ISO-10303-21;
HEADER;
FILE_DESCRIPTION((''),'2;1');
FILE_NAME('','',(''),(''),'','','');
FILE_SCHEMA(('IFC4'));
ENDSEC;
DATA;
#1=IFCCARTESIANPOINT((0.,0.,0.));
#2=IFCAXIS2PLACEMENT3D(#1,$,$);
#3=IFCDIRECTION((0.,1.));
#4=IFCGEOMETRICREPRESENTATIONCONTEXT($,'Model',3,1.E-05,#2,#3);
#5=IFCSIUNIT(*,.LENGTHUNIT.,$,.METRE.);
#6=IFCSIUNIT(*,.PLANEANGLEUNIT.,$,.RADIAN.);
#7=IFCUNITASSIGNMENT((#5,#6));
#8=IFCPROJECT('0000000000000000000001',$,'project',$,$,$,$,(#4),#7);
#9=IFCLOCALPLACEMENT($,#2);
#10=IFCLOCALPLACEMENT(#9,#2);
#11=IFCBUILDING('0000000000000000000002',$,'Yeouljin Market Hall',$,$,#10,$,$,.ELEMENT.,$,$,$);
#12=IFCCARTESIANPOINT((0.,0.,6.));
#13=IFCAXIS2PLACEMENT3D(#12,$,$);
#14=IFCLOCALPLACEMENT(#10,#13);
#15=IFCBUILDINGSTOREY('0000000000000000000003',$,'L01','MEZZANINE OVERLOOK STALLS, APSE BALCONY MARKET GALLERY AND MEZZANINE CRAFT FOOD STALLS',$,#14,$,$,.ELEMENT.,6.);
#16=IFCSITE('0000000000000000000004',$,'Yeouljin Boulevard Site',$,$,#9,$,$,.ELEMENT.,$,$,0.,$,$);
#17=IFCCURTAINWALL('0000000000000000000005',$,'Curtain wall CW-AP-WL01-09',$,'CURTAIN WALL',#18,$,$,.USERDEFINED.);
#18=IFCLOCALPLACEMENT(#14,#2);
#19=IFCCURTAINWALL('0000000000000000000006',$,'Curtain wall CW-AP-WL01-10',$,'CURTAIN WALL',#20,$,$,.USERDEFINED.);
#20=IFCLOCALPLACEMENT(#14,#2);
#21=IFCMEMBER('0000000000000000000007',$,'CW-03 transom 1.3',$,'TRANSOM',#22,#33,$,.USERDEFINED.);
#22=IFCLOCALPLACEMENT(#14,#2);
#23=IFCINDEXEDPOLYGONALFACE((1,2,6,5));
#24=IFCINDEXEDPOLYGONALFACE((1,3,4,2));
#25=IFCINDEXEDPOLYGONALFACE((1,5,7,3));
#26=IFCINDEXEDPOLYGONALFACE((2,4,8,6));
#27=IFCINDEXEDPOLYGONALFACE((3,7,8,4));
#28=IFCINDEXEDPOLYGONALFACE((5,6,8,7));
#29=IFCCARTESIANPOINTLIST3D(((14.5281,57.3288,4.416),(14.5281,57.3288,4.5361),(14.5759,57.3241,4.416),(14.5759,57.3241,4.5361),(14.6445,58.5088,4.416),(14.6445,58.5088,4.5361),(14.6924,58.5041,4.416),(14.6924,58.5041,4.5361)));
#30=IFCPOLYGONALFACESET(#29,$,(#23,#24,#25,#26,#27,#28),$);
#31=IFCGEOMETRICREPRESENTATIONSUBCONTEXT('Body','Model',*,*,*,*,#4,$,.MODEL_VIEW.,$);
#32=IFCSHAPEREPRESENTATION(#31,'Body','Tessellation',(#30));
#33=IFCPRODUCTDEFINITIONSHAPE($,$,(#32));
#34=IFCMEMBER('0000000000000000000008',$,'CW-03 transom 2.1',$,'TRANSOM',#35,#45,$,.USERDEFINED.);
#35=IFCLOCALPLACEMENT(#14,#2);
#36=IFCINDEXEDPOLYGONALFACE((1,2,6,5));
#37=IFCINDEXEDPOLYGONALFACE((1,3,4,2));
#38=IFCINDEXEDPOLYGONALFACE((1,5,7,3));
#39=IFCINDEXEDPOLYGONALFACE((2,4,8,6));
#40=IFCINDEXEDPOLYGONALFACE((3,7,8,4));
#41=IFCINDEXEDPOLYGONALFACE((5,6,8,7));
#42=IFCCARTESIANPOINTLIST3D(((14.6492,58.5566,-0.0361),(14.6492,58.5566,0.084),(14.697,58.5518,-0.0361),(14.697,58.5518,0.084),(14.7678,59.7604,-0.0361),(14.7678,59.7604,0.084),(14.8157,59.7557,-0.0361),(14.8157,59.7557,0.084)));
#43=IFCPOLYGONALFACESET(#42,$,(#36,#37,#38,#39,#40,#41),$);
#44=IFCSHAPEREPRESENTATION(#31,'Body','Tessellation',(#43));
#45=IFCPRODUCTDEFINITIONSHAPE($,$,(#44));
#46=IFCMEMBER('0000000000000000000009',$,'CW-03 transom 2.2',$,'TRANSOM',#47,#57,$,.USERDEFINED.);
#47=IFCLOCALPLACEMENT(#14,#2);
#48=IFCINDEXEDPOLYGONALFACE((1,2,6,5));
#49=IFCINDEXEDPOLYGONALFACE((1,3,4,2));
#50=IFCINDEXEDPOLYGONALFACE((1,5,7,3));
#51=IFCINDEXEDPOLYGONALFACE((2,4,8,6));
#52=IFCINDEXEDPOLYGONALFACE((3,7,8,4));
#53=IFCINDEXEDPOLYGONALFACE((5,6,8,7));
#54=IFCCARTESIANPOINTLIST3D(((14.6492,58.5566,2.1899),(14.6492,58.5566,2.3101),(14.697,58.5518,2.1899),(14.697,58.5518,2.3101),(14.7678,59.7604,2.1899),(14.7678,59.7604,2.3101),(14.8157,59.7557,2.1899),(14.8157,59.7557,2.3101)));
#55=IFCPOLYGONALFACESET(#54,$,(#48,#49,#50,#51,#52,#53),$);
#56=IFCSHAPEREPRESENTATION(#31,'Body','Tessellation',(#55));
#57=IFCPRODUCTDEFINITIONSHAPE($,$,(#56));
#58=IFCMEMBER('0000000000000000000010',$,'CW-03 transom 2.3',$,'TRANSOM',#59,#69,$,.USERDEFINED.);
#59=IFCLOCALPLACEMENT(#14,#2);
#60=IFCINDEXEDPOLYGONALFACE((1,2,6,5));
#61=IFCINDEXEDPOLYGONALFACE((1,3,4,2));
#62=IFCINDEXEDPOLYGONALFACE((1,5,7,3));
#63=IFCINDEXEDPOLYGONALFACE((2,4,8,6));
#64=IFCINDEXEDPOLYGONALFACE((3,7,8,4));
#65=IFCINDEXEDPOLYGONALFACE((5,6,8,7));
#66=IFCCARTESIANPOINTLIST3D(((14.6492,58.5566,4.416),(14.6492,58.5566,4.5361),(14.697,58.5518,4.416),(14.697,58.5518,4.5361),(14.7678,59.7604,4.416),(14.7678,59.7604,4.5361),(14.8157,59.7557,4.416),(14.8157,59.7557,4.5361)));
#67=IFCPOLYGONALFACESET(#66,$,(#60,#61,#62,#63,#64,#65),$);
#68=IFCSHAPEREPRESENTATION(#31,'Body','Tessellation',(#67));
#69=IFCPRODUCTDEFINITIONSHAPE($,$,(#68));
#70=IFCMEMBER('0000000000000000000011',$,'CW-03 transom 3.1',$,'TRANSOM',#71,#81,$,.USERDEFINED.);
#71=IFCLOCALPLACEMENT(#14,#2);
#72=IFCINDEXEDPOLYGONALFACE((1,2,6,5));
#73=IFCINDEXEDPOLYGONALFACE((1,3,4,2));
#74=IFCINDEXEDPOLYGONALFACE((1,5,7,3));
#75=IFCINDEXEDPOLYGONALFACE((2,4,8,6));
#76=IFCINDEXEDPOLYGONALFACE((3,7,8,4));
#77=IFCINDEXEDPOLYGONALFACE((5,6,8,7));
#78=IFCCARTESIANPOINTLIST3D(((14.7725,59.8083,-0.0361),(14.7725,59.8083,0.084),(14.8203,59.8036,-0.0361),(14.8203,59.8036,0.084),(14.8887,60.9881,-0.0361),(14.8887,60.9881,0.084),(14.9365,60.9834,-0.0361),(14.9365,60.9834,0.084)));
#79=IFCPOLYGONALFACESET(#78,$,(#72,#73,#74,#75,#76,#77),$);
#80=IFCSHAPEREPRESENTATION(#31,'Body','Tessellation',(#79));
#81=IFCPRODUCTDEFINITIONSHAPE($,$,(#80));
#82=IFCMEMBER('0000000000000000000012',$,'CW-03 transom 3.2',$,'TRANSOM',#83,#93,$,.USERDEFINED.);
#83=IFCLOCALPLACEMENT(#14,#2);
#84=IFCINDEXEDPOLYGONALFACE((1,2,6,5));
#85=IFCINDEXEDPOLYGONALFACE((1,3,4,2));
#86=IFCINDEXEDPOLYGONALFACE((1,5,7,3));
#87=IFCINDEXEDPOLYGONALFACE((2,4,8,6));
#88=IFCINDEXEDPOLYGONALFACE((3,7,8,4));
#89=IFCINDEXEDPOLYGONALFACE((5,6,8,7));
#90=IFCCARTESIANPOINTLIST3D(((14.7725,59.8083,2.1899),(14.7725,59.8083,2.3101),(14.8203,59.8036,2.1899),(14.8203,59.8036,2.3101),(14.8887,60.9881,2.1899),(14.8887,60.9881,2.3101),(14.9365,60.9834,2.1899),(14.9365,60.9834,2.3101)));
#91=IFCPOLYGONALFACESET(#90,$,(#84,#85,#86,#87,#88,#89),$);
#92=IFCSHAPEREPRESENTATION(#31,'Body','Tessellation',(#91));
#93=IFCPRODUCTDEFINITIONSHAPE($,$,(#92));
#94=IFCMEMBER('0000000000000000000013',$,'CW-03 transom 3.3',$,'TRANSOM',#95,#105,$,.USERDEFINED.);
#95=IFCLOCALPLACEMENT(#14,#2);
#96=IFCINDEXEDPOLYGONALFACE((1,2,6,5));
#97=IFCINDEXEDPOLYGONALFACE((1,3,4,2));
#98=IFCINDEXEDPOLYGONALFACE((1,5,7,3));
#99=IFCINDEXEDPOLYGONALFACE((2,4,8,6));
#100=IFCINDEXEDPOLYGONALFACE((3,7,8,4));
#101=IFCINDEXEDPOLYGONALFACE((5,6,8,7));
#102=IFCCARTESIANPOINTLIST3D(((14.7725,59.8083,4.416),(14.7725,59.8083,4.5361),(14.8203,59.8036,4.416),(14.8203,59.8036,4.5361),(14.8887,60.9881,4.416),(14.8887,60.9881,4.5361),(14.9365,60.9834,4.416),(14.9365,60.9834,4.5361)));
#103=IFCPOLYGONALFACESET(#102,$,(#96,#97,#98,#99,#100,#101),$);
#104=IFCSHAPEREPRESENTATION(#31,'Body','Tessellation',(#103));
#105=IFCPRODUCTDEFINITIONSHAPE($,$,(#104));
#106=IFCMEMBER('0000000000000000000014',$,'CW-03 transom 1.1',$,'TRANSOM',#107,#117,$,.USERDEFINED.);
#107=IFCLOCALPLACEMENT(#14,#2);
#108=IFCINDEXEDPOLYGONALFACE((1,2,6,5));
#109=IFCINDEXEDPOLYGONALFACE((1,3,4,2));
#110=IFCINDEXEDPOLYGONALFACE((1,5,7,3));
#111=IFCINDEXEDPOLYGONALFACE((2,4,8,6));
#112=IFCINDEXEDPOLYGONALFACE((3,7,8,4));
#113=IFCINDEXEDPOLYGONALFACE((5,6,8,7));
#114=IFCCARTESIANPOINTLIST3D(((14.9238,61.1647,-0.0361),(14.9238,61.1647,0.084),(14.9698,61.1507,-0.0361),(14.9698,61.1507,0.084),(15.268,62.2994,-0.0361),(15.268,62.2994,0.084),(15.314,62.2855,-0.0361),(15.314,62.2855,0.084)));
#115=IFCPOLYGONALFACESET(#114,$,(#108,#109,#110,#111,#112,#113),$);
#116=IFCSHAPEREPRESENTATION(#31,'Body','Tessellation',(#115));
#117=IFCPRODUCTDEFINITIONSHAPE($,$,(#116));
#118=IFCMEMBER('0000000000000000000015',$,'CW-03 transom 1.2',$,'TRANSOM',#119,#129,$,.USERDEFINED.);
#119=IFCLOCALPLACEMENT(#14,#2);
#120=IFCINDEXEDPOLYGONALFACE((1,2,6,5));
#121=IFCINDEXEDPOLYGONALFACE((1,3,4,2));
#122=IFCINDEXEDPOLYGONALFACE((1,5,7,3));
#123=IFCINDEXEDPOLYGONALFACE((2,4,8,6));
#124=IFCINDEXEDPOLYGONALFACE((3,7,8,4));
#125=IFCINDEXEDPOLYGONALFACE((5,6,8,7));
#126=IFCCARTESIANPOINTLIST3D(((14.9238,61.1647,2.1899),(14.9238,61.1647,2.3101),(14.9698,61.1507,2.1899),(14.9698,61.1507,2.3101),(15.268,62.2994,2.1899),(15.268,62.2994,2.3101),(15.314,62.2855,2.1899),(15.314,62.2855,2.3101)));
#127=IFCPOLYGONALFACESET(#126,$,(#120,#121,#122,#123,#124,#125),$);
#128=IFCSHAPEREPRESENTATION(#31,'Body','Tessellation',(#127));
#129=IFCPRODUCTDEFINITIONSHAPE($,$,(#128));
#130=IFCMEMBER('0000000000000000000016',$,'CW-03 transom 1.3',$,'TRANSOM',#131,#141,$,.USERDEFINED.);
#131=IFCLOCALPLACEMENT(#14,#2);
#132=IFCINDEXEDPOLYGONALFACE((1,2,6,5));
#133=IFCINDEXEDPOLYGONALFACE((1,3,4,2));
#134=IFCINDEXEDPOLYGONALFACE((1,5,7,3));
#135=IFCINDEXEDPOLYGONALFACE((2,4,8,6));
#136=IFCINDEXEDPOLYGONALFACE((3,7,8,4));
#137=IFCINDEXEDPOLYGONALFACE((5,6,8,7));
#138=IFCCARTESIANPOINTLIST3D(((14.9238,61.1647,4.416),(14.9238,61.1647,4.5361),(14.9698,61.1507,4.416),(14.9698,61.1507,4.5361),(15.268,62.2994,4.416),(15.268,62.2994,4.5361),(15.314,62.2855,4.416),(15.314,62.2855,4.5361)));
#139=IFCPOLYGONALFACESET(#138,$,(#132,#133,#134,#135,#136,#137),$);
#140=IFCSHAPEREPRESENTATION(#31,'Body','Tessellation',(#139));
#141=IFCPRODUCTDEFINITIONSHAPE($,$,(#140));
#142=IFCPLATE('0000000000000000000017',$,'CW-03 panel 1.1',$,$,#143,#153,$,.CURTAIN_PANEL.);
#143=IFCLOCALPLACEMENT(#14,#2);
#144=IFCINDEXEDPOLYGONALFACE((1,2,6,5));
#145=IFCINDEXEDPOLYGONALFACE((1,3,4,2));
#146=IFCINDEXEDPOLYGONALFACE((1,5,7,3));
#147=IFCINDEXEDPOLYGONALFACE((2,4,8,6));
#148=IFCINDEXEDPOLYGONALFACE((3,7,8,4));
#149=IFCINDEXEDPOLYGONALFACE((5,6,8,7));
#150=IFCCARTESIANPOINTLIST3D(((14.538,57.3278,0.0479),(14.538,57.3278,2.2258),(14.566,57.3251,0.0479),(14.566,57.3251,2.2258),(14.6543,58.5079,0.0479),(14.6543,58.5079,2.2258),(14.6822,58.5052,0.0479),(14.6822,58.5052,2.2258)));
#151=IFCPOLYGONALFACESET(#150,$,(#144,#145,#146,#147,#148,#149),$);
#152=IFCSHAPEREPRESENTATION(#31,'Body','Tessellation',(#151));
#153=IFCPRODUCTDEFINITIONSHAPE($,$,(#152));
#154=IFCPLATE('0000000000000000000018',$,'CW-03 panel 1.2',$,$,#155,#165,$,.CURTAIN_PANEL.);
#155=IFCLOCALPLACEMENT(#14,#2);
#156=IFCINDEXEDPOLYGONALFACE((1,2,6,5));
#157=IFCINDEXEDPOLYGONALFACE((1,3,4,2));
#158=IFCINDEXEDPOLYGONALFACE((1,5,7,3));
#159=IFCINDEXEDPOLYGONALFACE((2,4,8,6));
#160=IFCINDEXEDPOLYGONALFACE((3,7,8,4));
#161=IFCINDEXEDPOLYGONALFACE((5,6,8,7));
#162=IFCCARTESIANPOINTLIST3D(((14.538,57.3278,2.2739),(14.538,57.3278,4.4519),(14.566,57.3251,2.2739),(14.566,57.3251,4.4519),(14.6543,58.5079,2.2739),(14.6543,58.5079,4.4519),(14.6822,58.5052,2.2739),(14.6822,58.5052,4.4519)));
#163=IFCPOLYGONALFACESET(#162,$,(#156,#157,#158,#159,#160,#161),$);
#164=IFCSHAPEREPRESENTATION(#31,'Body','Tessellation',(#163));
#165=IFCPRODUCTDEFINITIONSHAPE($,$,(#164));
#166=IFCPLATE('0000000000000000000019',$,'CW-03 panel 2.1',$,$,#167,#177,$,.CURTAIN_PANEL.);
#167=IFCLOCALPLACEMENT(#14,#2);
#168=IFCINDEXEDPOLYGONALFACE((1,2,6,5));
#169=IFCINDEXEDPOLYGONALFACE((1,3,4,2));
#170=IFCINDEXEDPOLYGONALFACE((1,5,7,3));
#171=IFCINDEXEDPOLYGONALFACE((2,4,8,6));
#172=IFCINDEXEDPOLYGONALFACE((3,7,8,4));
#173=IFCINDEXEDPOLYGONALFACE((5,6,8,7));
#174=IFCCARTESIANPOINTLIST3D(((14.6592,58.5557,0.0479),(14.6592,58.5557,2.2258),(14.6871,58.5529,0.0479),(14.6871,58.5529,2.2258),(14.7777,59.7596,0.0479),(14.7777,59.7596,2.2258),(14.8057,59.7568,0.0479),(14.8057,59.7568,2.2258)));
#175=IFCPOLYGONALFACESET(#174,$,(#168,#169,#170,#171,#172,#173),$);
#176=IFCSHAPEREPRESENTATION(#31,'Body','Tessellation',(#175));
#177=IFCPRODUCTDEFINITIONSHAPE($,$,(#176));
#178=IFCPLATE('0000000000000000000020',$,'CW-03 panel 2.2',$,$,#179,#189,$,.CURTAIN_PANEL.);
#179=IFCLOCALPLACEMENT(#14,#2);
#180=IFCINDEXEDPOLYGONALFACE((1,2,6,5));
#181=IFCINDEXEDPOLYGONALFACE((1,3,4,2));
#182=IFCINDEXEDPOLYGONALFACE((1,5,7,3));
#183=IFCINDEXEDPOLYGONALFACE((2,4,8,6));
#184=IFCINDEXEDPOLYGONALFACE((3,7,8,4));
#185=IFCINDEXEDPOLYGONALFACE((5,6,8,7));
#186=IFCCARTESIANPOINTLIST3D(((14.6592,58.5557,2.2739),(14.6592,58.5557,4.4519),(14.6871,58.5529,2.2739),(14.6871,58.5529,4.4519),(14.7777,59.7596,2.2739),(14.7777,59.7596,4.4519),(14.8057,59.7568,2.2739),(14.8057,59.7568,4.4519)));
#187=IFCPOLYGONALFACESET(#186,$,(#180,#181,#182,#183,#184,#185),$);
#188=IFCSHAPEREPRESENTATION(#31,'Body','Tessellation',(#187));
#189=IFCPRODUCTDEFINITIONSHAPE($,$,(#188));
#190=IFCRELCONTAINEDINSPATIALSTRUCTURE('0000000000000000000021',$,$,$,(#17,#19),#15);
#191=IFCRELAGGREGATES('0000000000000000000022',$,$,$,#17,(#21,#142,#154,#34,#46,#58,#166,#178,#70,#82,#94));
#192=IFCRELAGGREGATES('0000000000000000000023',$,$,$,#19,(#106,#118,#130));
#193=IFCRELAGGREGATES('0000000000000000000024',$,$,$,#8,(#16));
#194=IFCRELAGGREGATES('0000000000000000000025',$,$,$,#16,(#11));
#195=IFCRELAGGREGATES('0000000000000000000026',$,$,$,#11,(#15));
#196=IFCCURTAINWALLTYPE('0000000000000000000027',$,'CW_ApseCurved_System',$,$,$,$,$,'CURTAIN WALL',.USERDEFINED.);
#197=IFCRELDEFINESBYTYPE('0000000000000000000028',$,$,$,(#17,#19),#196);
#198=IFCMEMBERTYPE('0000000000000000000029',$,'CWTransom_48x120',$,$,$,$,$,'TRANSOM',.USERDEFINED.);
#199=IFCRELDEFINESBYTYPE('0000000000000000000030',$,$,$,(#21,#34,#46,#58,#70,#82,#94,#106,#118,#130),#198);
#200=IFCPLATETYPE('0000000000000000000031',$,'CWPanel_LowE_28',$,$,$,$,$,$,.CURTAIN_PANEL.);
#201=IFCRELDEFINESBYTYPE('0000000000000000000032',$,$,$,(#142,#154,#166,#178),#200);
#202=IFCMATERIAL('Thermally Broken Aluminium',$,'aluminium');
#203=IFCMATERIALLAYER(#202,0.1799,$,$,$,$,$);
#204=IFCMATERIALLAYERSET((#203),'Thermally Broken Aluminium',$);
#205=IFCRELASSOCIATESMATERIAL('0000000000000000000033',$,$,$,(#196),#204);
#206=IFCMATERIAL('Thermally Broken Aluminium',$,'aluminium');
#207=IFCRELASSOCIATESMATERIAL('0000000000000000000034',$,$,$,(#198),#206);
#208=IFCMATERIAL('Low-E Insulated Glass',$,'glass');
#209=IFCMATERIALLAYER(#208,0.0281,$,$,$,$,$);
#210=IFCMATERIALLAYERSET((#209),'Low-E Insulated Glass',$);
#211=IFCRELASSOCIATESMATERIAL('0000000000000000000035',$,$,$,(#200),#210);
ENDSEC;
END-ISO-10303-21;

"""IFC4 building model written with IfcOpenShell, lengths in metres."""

from ifc_helpers import new_model, si_unit, direction, frame, origin, origin_2d, place, context, subcontext, project, spatial, rectangle, extrude, material, layer, layer_set, material_profile, profile_set, type_object, element, aggregate, save


model = new_model("IFC4")

# Units and contexts
model_context = context("Model", 3, precision=1e-05, world=origin(), true_north=direction((0.0, 1.0)))
body_context = subcontext(model_context, "Body", "Model", "MODEL_VIEW")
ifc_project = project(units=[si_unit("LENGTHUNIT", "METRE"), si_unit("PLANEANGLEUNIT", "RADIAN")], contexts=[model_context])

# Site, building, storey
site_placement = place(None, origin())
site = spatial("IfcSite", under=ifc_project, at=site_placement, Name="Yeouljin Boulevard Site", CompositionType="ELEMENT", RefElevation=0.0)
building_placement = place(site_placement, origin())
building = spatial("IfcBuilding", under=site, at=building_placement, Name="Yeouljin Market Hall", CompositionType="ELEMENT")
storey_placement = place(building_placement, frame((0.0, 0.0, 6.0)))
storey = spatial("IfcBuildingStorey", under=building, at=storey_placement, Name="L01", Description="MEZZANINE OVERLOOK STALLS, APSE BALCONY MARKET GALLERY AND MEZZANINE CRAFT FOOD STALLS", CompositionType="ELEMENT", Elevation=6.0)

# Curtain wall
ifc_material_1 = material(Name="Thermally Broken Aluminium", Category="aluminium")
ifc_layer_1 = layer(ifc_material_1, 0.1799)
ifc_layer_set_1 = layer_set([ifc_layer_1], Name="Thermally Broken Aluminium")
curtain_wall_type = type_object("IfcCurtainWallType", Name="CW_ApseCurved_System", ElementType="CURTAIN WALL", PredefinedType="USERDEFINED", material=ifc_layer_set_1)
curtain_wall_1_placement = place(storey_placement, origin())
curtain_wall_1 = element("IfcCurtainWall", 1, at=curtain_wall_1_placement, inside=storey, type_object=curtain_wall_type, Name="Curtain wall CW-AP-WL01-09", ObjectType="CURTAIN WALL", PredefinedType="USERDEFINED")

# Curtain wall
curtain_wall_2_placement = place(storey_placement, origin())
curtain_wall_2 = element("IfcCurtainWall", 2, at=curtain_wall_2_placement, inside=storey, type_object=curtain_wall_type, Name="Curtain wall CW-AP-WL01-10", ObjectType="CURTAIN WALL", PredefinedType="USERDEFINED")

# Members
ifc_material_2 = material(Name="Thermally Broken Aluminium", Category="aluminium")
ifc_material_profile_1 = material_profile(ifc_material_2, rectangle(XDim=0.0481, YDim=0.1201, at=origin_2d()), Name="CW-TRAN-48x120")
ifc_profile_set_1 = profile_set([ifc_material_profile_1], Name="Thermally Broken Aluminium")
member_type_1 = type_object("IfcMemberType", Name="CWTransom_48x120", ElementType="TRANSOM", PredefinedType="USERDEFINED", material=ifc_profile_set_1)
member_1_placement = place(storey_placement, frame((14.552, 57.3264, 4.4761), z_axis=(0.098199, 0.995167, 0.0), x_axis=(-0.995167, 0.098199, 0.0)))
member_1 = element("IfcMember", 3, at=member_1_placement, type_object=member_type_1, Name="CW-03 transom 1.3", ObjectType="TRANSOM", PredefinedType="USERDEFINED", context=body_context, shape_type="SweptSolid", body=[
    extrude(rectangle(XDim=0.0481, YDim=0.1201, at=origin_2d()), origin(), (0.0, 0.0, 1.0), 1.1858),
])
member_2_placement = place(storey_placement, frame((14.6731, 58.5542, 0.0239), z_axis=(0.098085, 0.995178, 0.0), x_axis=(-0.995178, 0.098085, 0.0)))
member_2 = element("IfcMember", 4, at=member_2_placement, type_object=member_type_1, Name="CW-03 transom 2.1", ObjectType="TRANSOM", PredefinedType="USERDEFINED", context=body_context, shape_type="SweptSolid", body=[
    extrude(rectangle(XDim=0.0481, YDim=0.1201, at=origin_2d()), origin(), (0.0, 0.0, 1.0), 1.2097),
])
member_3_placement = place(storey_placement, frame((14.6731, 58.5542, 2.25), z_axis=(0.098085, 0.995178, 0.0), x_axis=(-0.995178, 0.098085, 0.0)))
member_3 = element("IfcMember", 5, at=member_3_placement, type_object=member_type_1, Name="CW-03 transom 2.2", ObjectType="TRANSOM", PredefinedType="USERDEFINED", context=body_context, shape_type="SweptSolid", body=[
    extrude(rectangle(XDim=0.0481, YDim=0.1201, at=origin_2d()), origin(), (0.0, 0.0, 1.0), 1.2097),
])
member_4_placement = place(storey_placement, frame((14.6731, 58.5542, 4.4761), z_axis=(0.098085, 0.995178, 0.0), x_axis=(-0.995178, 0.098085, 0.0)))
member_4 = element("IfcMember", 6, at=member_4_placement, type_object=member_type_1, Name="CW-03 transom 2.3", ObjectType="TRANSOM", PredefinedType="USERDEFINED", context=body_context, shape_type="SweptSolid", body=[
    extrude(rectangle(XDim=0.0481, YDim=0.1201, at=origin_2d()), origin(), (0.0, 0.0, 1.0), 1.2097),
])
member_5_placement = place(storey_placement, frame((14.7964, 59.8059, 0.0239), z_axis=(0.098015, 0.995185, 0.0), x_axis=(-0.995185, 0.098015, 0.0)))
member_5 = element("IfcMember", 7, at=member_5_placement, type_object=member_type_1, Name="CW-03 transom 3.1", ObjectType="TRANSOM", PredefinedType="USERDEFINED", context=body_context, shape_type="SweptSolid", body=[
    extrude(rectangle(XDim=0.0481, YDim=0.1201, at=origin_2d()), origin(), (0.0, 0.0, 1.0), 1.1855),
])
member_6_placement = place(storey_placement, frame((14.7964, 59.8059, 2.25), z_axis=(0.098015, 0.995185, 0.0), x_axis=(-0.995185, 0.098015, 0.0)))
member_6 = element("IfcMember", 8, at=member_6_placement, type_object=member_type_1, Name="CW-03 transom 3.2", ObjectType="TRANSOM", PredefinedType="USERDEFINED", context=body_context, shape_type="SweptSolid", body=[
    extrude(rectangle(XDim=0.0481, YDim=0.1201, at=origin_2d()), origin(), (0.0, 0.0, 1.0), 1.1855),
])
member_7_placement = place(storey_placement, frame((14.7964, 59.8059, 4.4761), z_axis=(0.098015, 0.995185, 0.0), x_axis=(-0.995185, 0.098015, 0.0)))
member_7 = element("IfcMember", 9, at=member_7_placement, type_object=member_type_1, Name="CW-03 transom 3.3", ObjectType="TRANSOM", PredefinedType="USERDEFINED", context=body_context, shape_type="SweptSolid", body=[
    extrude(rectangle(XDim=0.0481, YDim=0.1201, at=origin_2d()), origin(), (0.0, 0.0, 1.0), 1.1855),
])
member_8_placement = place(storey_placement, frame((14.9468, 61.1577, 0.0239), z_axis=(0.290293, 0.956938, 0.0), x_axis=(-0.956938, 0.290293, 0.0)))
member_8 = element("IfcMember", 10, at=member_8_placement, type_object=member_type_1, Name="CW-03 transom 1.1", ObjectType="TRANSOM", PredefinedType="USERDEFINED", context=body_context, shape_type="SweptSolid", body=[
    extrude(rectangle(XDim=0.0481, YDim=0.1201, at=origin_2d()), origin(), (0.0, 0.0, 1.0), 1.1858),
])
member_9_placement = place(storey_placement, frame((14.9468, 61.1577, 2.25), z_axis=(0.290293, 0.956938, 0.0), x_axis=(-0.956938, 0.290293, 0.0)))
member_9 = element("IfcMember", 11, at=member_9_placement, type_object=member_type_1, Name="CW-03 transom 1.2", ObjectType="TRANSOM", PredefinedType="USERDEFINED", context=body_context, shape_type="SweptSolid", body=[
    extrude(rectangle(XDim=0.0481, YDim=0.1201, at=origin_2d()), origin(), (0.0, 0.0, 1.0), 1.1858),
])
member_10_placement = place(storey_placement, frame((14.9468, 61.1577, 4.4761), z_axis=(0.290293, 0.956938, 0.0), x_axis=(-0.956938, 0.290293, 0.0)))
member_10 = element("IfcMember", 12, at=member_10_placement, type_object=member_type_1, Name="CW-03 transom 1.3", ObjectType="TRANSOM", PredefinedType="USERDEFINED", context=body_context, shape_type="SweptSolid", body=[
    extrude(rectangle(XDim=0.0481, YDim=0.1201, at=origin_2d()), origin(), (0.0, 0.0, 1.0), 1.1858),
])

# Plates
ifc_material_3 = material(Name="Low-E Insulated Glass", Category="glass")
ifc_layer_2 = layer(ifc_material_3, 0.0281)
ifc_layer_set_2 = layer_set([ifc_layer_2], Name="Low-E Insulated Glass")
plate_type = type_object("IfcPlateType", Name="CWPanel_LowE_28", PredefinedType="CURTAIN_PANEL", material=ifc_layer_set_2)
plate_1_placement = place(storey_placement, frame((14.6101, 57.9165, 0.0479), z_axis=(0.0, 0.0, 1.0), x_axis=(0.098034, 0.995183, 0.0)))
plate_1 = element("IfcPlate", 13, at=plate_1_placement, type_object=plate_type, Name="CW-03 panel 1.1", PredefinedType="CURTAIN_PANEL", context=body_context, shape_type="SweptSolid", body=[
    extrude(rectangle(XDim=1.1858, YDim=0.0281, at=origin_2d()), origin(), (0.0, 0.0, 1.0), 2.178),
])
plate_2_placement = place(storey_placement, frame((14.6101, 57.9165, 2.2739), z_axis=(0.0, 0.0, 1.0), x_axis=(0.098034, 0.995183, 0.0)))
plate_2 = element("IfcPlate", 14, at=plate_2_placement, type_object=plate_type, Name="CW-03 panel 1.2", PredefinedType="CURTAIN_PANEL", context=body_context, shape_type="SweptSolid", body=[
    extrude(rectangle(XDim=1.1858, YDim=0.0281, at=origin_2d()), origin(), (0.0, 0.0, 1.0), 2.178),
])
plate_3_placement = place(storey_placement, frame((14.7324, 59.1562, 0.0479), z_axis=(0.0, 0.0, 1.0), x_axis=(0.098034, 0.995183, 0.0)))
plate_3 = element("IfcPlate", 15, at=plate_3_placement, type_object=plate_type, Name="CW-03 panel 2.1", PredefinedType="CURTAIN_PANEL", context=body_context, shape_type="SweptSolid", body=[
    extrude(rectangle(XDim=1.2097, YDim=0.0281, at=origin_2d()), origin(), (0.0, 0.0, 1.0), 2.178),
])
plate_4_placement = place(storey_placement, frame((14.7324, 59.1562, 2.2739), z_axis=(0.0, 0.0, 1.0), x_axis=(0.098034, 0.995183, 0.0)))
plate_4 = element("IfcPlate", 16, at=plate_4_placement, type_object=plate_type, Name="CW-03 panel 2.2", PredefinedType="CURTAIN_PANEL", context=body_context, shape_type="SweptSolid", body=[
    extrude(rectangle(XDim=1.2097, YDim=0.0281, at=origin_2d()), origin(), (0.0, 0.0, 1.0), 2.178),
])
aggregate(curtain_wall_1, [member_1, plate_1, plate_2, member_2, member_3, member_4, plate_3, plate_4, member_5, member_6, member_7])
aggregate(curtain_wall_2, [member_8, member_9, member_10])

save(model, "model.ifc")
